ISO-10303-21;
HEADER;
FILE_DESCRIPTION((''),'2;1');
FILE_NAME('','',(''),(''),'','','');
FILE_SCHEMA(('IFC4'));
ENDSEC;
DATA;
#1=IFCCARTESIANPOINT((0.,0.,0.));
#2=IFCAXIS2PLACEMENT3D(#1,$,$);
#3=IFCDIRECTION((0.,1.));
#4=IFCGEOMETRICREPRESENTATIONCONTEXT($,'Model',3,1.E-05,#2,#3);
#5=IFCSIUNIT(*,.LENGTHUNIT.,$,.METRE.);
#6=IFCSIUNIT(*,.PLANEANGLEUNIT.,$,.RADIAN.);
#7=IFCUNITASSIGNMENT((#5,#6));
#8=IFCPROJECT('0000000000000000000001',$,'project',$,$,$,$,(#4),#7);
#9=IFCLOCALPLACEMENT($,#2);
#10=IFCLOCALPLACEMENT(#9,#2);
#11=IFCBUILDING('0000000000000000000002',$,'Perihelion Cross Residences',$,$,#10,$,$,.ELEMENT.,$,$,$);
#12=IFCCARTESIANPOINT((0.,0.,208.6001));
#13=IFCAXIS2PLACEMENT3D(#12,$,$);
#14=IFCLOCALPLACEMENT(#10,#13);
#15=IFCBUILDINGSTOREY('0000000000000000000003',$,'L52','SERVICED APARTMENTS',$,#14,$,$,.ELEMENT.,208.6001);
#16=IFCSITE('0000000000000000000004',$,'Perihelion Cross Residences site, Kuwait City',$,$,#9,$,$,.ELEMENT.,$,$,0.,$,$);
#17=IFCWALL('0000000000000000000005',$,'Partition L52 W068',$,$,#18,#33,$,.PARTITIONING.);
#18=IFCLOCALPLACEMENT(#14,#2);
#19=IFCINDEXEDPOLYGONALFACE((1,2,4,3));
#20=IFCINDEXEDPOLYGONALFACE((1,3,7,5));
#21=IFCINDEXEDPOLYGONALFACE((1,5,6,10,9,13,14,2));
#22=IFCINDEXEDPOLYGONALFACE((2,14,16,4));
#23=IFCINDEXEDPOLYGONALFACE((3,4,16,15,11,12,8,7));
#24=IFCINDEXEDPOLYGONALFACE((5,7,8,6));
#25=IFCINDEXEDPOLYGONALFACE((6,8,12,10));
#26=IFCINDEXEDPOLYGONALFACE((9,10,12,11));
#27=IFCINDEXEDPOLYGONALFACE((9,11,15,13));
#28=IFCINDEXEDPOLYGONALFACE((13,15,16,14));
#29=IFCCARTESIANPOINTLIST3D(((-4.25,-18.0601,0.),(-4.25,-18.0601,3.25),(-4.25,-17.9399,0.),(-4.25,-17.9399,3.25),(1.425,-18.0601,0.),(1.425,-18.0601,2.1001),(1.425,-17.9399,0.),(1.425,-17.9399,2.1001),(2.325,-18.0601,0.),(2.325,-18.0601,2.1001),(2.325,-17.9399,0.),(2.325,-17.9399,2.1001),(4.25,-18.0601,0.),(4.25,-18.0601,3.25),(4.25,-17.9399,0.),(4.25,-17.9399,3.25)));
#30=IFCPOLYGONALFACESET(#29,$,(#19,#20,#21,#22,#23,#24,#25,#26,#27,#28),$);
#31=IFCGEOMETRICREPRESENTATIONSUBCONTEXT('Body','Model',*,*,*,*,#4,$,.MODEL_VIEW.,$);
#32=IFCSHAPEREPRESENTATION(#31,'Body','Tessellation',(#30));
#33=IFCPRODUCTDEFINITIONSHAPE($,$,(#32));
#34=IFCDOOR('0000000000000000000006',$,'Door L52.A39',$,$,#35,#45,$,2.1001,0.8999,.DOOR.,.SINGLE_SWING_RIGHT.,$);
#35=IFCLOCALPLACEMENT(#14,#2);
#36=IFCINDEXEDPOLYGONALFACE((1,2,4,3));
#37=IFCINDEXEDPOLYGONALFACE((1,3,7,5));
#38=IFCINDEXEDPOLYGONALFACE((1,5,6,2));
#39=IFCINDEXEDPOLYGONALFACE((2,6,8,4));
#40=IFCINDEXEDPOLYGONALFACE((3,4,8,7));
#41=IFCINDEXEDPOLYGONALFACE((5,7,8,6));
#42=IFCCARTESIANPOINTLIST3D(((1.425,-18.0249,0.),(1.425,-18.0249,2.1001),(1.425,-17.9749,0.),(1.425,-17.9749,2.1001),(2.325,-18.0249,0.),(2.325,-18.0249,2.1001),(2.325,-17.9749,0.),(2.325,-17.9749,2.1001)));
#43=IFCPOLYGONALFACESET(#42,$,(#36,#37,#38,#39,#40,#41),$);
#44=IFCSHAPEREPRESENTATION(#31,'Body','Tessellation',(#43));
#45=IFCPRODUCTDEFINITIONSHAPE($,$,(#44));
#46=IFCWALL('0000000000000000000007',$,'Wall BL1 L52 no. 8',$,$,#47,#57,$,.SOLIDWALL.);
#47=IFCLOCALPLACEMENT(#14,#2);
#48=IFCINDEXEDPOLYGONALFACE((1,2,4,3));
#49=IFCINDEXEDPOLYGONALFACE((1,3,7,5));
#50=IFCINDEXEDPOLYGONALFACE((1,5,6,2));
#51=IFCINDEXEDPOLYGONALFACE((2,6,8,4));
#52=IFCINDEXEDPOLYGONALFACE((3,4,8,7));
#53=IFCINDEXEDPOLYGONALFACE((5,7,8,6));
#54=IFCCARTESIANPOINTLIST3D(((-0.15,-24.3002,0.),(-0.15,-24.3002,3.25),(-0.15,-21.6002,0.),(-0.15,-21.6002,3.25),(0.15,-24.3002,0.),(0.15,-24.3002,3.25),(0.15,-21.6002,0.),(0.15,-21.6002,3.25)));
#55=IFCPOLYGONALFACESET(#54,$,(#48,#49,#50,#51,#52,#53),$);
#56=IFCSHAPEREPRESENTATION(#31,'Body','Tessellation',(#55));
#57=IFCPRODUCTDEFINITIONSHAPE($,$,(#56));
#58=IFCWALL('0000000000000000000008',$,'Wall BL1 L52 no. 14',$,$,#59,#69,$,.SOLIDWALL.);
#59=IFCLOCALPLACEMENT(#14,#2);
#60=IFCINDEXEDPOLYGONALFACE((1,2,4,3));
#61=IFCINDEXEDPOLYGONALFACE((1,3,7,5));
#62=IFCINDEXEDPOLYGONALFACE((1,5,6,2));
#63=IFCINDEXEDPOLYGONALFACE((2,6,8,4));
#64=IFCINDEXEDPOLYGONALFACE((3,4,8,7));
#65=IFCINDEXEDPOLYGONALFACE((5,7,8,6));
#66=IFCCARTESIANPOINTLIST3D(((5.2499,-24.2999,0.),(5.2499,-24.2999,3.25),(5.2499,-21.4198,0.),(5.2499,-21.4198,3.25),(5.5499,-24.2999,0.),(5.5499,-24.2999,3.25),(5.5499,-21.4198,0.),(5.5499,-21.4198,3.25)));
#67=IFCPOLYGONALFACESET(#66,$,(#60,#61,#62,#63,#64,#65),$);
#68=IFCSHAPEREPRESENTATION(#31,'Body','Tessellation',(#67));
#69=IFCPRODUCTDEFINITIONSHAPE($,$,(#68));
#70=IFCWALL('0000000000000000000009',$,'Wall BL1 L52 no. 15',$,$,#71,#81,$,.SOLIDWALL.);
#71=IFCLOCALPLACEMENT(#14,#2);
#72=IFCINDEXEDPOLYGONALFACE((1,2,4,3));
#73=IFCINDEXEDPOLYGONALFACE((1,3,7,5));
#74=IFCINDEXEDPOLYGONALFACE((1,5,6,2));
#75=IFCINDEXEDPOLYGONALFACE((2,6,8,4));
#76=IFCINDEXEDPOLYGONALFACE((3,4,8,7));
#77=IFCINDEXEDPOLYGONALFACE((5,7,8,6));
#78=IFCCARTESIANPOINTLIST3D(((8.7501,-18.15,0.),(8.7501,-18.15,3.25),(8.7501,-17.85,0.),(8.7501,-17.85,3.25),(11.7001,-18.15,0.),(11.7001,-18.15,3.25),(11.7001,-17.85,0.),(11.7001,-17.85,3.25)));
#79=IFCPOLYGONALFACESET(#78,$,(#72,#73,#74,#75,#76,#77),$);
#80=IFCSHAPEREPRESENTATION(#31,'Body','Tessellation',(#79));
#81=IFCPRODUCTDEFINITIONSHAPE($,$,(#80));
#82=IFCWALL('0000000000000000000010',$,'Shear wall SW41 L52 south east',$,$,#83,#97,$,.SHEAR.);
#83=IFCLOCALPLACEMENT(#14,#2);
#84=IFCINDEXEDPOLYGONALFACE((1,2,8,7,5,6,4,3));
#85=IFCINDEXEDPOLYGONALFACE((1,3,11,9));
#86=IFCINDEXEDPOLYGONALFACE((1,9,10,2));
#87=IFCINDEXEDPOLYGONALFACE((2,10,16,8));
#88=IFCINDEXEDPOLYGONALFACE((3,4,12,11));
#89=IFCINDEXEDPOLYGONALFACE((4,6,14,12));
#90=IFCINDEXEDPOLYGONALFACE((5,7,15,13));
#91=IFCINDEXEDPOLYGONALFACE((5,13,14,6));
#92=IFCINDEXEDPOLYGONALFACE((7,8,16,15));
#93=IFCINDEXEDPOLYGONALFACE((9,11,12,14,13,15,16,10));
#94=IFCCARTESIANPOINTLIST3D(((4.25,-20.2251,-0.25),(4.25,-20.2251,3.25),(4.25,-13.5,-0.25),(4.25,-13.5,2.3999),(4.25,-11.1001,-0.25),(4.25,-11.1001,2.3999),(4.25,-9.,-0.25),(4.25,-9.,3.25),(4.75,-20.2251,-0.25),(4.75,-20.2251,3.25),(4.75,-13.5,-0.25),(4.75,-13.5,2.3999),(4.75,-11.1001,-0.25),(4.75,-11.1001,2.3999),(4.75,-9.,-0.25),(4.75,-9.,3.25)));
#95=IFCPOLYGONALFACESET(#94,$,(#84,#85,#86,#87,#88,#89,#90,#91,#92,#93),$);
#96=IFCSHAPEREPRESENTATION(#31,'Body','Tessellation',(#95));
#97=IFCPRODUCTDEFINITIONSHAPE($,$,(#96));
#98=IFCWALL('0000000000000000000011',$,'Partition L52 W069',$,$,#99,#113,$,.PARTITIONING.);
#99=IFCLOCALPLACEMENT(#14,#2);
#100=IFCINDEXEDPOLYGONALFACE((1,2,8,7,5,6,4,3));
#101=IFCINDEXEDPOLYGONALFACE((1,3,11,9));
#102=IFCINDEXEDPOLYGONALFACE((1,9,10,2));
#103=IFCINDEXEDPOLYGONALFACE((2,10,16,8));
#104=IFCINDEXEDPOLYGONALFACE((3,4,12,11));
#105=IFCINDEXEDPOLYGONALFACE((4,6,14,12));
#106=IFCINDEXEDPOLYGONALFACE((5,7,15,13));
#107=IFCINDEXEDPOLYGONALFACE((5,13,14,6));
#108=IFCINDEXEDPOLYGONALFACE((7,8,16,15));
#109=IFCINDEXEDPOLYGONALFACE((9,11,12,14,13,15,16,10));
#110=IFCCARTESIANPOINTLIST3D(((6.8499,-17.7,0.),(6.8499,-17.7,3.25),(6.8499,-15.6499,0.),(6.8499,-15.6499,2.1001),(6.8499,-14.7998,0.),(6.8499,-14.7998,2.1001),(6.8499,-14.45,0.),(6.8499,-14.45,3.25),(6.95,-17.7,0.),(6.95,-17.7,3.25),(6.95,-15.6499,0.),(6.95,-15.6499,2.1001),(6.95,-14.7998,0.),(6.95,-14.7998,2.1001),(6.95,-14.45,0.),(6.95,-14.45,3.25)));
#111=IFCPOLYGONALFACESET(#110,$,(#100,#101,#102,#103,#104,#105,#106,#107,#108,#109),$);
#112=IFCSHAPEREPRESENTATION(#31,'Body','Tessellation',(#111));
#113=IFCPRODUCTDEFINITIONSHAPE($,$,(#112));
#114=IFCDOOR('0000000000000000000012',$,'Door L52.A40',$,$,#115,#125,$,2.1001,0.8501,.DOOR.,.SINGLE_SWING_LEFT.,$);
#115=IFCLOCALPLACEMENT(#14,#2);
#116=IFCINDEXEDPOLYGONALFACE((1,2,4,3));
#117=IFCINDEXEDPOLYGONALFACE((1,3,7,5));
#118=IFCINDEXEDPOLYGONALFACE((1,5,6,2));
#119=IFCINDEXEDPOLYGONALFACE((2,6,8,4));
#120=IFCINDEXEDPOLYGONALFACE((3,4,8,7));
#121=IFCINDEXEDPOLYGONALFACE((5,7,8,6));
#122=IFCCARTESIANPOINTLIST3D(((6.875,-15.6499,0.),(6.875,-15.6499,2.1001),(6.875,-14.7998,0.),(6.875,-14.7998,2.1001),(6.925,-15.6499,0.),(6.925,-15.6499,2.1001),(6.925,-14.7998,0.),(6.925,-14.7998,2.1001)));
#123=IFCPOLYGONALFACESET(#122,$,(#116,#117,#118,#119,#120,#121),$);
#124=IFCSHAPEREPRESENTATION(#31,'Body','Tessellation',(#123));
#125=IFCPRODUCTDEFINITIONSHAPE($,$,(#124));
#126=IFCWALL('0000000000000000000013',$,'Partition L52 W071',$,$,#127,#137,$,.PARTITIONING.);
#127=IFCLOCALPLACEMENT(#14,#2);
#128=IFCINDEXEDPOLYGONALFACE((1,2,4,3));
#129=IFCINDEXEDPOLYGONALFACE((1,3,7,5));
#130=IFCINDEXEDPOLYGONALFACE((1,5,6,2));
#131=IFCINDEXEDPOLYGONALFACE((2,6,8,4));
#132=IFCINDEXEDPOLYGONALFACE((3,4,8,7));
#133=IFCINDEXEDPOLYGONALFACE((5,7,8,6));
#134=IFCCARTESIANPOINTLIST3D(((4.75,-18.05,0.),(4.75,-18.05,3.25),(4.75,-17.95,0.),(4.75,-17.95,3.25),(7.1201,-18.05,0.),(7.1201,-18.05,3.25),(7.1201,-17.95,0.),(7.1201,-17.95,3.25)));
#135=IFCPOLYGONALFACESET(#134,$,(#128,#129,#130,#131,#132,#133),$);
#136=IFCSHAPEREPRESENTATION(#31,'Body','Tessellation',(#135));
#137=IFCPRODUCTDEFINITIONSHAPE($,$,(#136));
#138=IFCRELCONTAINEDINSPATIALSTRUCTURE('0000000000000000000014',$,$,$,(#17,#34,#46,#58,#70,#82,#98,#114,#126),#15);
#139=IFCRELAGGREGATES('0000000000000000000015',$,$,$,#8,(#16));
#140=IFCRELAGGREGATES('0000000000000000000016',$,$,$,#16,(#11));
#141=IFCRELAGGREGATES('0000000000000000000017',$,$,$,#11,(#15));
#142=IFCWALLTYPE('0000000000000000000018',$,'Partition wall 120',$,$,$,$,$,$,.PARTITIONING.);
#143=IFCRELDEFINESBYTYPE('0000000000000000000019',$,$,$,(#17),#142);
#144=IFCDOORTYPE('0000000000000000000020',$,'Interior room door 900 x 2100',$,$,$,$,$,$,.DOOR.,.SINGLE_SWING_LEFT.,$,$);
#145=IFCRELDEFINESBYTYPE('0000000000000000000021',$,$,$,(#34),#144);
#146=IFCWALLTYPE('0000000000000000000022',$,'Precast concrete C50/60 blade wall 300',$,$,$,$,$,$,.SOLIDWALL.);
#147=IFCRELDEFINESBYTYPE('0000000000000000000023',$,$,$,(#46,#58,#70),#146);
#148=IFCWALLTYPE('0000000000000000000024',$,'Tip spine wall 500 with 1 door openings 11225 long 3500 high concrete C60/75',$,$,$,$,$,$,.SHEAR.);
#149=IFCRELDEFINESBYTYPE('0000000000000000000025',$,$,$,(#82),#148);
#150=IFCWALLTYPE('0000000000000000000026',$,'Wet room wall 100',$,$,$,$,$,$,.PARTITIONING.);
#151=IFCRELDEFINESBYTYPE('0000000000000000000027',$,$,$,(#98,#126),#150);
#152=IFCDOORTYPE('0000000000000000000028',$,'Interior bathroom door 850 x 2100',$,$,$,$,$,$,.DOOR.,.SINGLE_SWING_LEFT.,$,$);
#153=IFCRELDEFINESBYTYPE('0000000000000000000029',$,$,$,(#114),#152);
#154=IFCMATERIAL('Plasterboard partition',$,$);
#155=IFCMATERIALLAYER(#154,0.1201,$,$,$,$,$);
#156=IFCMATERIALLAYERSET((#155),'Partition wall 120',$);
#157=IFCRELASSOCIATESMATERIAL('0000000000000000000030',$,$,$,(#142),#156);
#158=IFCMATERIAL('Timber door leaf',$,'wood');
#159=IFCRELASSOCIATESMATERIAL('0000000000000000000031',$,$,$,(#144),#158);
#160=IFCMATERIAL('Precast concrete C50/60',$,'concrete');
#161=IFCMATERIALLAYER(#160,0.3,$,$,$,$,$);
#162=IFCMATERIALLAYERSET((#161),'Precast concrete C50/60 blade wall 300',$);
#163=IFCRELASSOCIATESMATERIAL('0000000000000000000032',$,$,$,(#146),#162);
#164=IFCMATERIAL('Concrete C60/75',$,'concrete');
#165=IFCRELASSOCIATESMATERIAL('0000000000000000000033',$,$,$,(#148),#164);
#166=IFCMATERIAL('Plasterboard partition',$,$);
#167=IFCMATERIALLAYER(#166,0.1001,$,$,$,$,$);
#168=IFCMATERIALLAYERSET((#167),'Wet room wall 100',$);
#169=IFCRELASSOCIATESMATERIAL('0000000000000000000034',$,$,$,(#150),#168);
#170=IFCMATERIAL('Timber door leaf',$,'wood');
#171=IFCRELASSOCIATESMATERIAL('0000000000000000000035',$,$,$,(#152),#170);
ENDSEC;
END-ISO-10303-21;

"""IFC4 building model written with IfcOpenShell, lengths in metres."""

from ifc_helpers import new_model, si_unit, direction, frame, frame_2d, origin, place, context, subcontext, project, spatial, polyline, rectangle, outline, extrude, material, layer, layer_set, material_profile, profile_set, type_object, element, fill, save


model = new_model("IFC4")

# Units and contexts
model_context = context("Model", 3, precision=1e-05, world=origin(), true_north=direction((0.0, 1.0)))
body_context = subcontext(model_context, "Body", "Model", "MODEL_VIEW")
ifc_project = project(units=[si_unit("LENGTHUNIT", "METRE"), si_unit("PLANEANGLEUNIT", "RADIAN")], contexts=[model_context])

# Site, building, storey
site_placement = place(None, origin())
site = spatial("IfcSite", under=ifc_project, at=site_placement, Name="Perihelion Cross Residences site, Kuwait City", CompositionType="ELEMENT", RefElevation=0.0)
building_placement = place(site_placement, origin())
building = spatial("IfcBuilding", under=site, at=building_placement, Name="Perihelion Cross Residences", CompositionType="ELEMENT")
storey_placement = place(building_placement, frame((0.0, 0.0, 208.6001)))
storey = spatial("IfcBuildingStorey", under=building, at=storey_placement, Name="L52", Description="SERVICED APARTMENTS", CompositionType="ELEMENT", Elevation=208.6001)

# Wall, opening, door
ifc_material_1 = material(Name="Plasterboard partition")
ifc_layer_1 = layer(ifc_material_1, 0.1201)
ifc_layer_set_1 = layer_set([ifc_layer_1], Name="Partition wall 120")
wall_type_1 = type_object("IfcWallType", Name="Partition wall 120", PredefinedType="PARTITIONING", material=ifc_layer_set_1)
wall_1_placement = place(storey_placement, frame((4.25, -18.0, 0.0), z_axis=(0.0, 0.0, 1.0), x_axis=(-1.0, 0.0, 0.0)))
wall_1 = element("IfcWall", 1, at=wall_1_placement, inside=storey, type_object=wall_type_1, Name="Partition L52 W068", PredefinedType="PARTITIONING", context=body_context, shape_type="SweptSolid", body=[
    extrude(rectangle(XDim=8.5, YDim=0.1201, at=frame_2d((4.25, 0.0))), origin(), (0.0, 0.0, 1.0), 3.25),
])
opening_1_placement = place(wall_1_placement, frame((1.925, 0.0, 0.0)))
opening_1 = element("IfcOpeningElement", 2, at=opening_1_placement, cuts=wall_1, PredefinedType="OPENING", context=body_context, shape_type="SweptSolid", body=[
    extrude(rectangle(XDim=0.8999, YDim=2.1001, at=frame_2d((0.45, 1.05))), frame((0.0, 0.0701, 0.0), z_axis=(0.0, -1.0, 0.0), x_axis=(1.0, 0.0, 0.0)), (0.0, 0.0, 1.0), 0.1401),
])
ifc_material_2 = material(Name="Timber door leaf", Category="wood")
door_type_1 = type_object("IfcDoorType", Name="Interior room door 900 x 2100", OperationType="SINGLE_SWING_LEFT", PredefinedType="DOOR", material=ifc_material_2)
door_1_placement = place(opening_1_placement, origin())
door_1 = element("IfcDoor", 3, at=door_1_placement, inside=storey, type_object=door_type_1, Name="Door L52.A39", OperationType="SINGLE_SWING_RIGHT", OverallHeight=2.1001, OverallWidth=0.8999, PredefinedType="DOOR", context=body_context, shape_type="SweptSolid", body=[
    extrude(rectangle(XDim=0.8999, YDim=2.1001, at=frame_2d((0.45, 1.05))), frame((0.0, 0.0249, 0.0), z_axis=(0.0, -1.0, 0.0), x_axis=(1.0, 0.0, 0.0)), (0.0, 0.0, 1.0), 0.05),
])
fill(opening_1, door_1)

# Walls
ifc_material_3 = material(Name="Precast concrete C50/60", Category="concrete")
ifc_layer_2 = layer(ifc_material_3, 0.3)
ifc_layer_set_2 = layer_set([ifc_layer_2], Name="Precast concrete C50/60 blade wall 300")
wall_type_2 = type_object("IfcWallType", Name="Precast concrete C50/60 blade wall 300", PredefinedType="SOLIDWALL", material=ifc_layer_set_2)
wall_2_placement = place(storey_placement, frame((0.0, -21.6001, 0.0), z_axis=(0.0, 0.0, 1.0), x_axis=(0.0, -1.0, 0.0)))
element("IfcWall", 4, at=wall_2_placement, inside=storey, type_object=wall_type_2, Name="Wall BL1 L52 no. 8", PredefinedType="SOLIDWALL", context=body_context, shape_type="SweptSolid", body=[
    extrude(rectangle(XDim=2.7, YDim=0.3, at=frame_2d((1.3501, 0.0))), origin(), (0.0, 0.0, 1.0), 3.25),
])
wall_3_placement = place(storey_placement, frame((5.3999, -21.4199, 0.0), z_axis=(0.0, 0.0, 1.0), x_axis=(0.0, -1.0, 0.0)))
element("IfcWall", 5, at=wall_3_placement, inside=storey, type_object=wall_type_2, Name="Wall BL1 L52 no. 14", PredefinedType="SOLIDWALL", context=body_context, shape_type="SweptSolid", body=[
    extrude(rectangle(XDim=2.8801, YDim=0.3, at=frame_2d((1.4399, 0.0))), origin(), (0.0, 0.0, 1.0), 3.25),
])
wall_4_placement = place(storey_placement, frame((8.75, -18.0, 0.0), z_axis=(0.0, 0.0, 1.0), x_axis=(1.0, 0.0, 0.0)))
element("IfcWall", 6, at=wall_4_placement, inside=storey, type_object=wall_type_2, Name="Wall BL1 L52 no. 15", PredefinedType="SOLIDWALL", context=body_context, shape_type="SweptSolid", body=[
    extrude(rectangle(XDim=2.95, YDim=0.3, at=frame_2d((1.4751, 0.0))), origin(), (0.0, 0.0, 1.0), 3.25),
])
ifc_material_4 = material(Name="Concrete C60/75", Category="concrete")
ifc_material_profile_1 = material_profile(ifc_material_4, outline(polyline([(0.0, 0.0), (6.7251, 0.0), (6.7251, 2.6499), (9.125, 2.6499), (9.125, 0.0), (11.2251, 0.0), (11.2251, 3.5), (0.0, 3.5), (0.0, 0.0)])), Name="Tip spine wall")
ifc_profile_set_1 = profile_set([ifc_material_profile_1], Name="Concrete C60/75")
wall_type_3 = type_object("IfcWallType", Name="Tip spine wall 500 with 1 door openings 11225 long 3500 high concrete C60/75", PredefinedType="SHEAR", material=ifc_profile_set_1)
wall_5_placement = place(storey_placement, frame((4.25, -20.2251, -0.25), z_axis=(1.0, 0.0, 0.0), x_axis=(0.0, 1.0, 0.0)))
element("IfcWall", 7, at=wall_5_placement, inside=storey, type_object=wall_type_3, Name="Shear wall SW41 L52 south east", PredefinedType="SHEAR", context=body_context, shape_type="SweptSolid", body=[
    extrude(outline(polyline([(0.0, 0.0), (6.7251, 0.0), (6.7251, 2.6499), (9.125, 2.6499), (9.125, 0.0), (11.2251, 0.0), (11.2251, 3.5), (0.0, 3.5), (0.0, 0.0)])), origin(), (0.0, 0.0, 1.0), 0.5),
])

# Wall, opening, door
ifc_material_5 = material(Name="Plasterboard partition")
ifc_layer_3 = layer(ifc_material_5, 0.1001)
ifc_layer_set_3 = layer_set([ifc_layer_3], Name="Wet room wall 100")
wall_type_4 = type_object("IfcWallType", Name="Wet room wall 100", PredefinedType="PARTITIONING", material=ifc_layer_set_3)
wall_6_placement = place(storey_placement, frame((6.8999, -17.7, 0.0), z_axis=(0.0, 0.0, 1.0), x_axis=(0.0, 1.0, 0.0)))
wall_6 = element("IfcWall", 8, at=wall_6_placement, inside=storey, type_object=wall_type_4, Name="Partition L52 W069", PredefinedType="PARTITIONING", context=body_context, shape_type="SweptSolid", body=[
    extrude(rectangle(XDim=3.25, YDim=0.1001, at=frame_2d((1.625, 0.0))), origin(), (0.0, 0.0, 1.0), 3.25),
])
opening_2_placement = place(wall_6_placement, frame((2.05, 0.0, 0.0)))
opening_2 = element("IfcOpeningElement", 9, at=opening_2_placement, cuts=wall_6, PredefinedType="OPENING", context=body_context, shape_type="SweptSolid", body=[
    extrude(rectangle(XDim=0.8501, YDim=2.1001, at=frame_2d((0.425, 1.05))), frame((0.0, 0.0601, 0.0), z_axis=(0.0, -1.0, 0.0), x_axis=(1.0, 0.0, 0.0)), (0.0, 0.0, 1.0), 0.1201),
])
ifc_material_6 = material(Name="Timber door leaf", Category="wood")
door_type_2 = type_object("IfcDoorType", Name="Interior bathroom door 850 x 2100", OperationType="SINGLE_SWING_LEFT", PredefinedType="DOOR", material=ifc_material_6)
door_2_placement = place(opening_2_placement, origin())
door_2 = element("IfcDoor", 10, at=door_2_placement, inside=storey, type_object=door_type_2, Name="Door L52.A40", OperationType="SINGLE_SWING_LEFT", OverallHeight=2.1001, OverallWidth=0.8501, PredefinedType="DOOR", context=body_context, shape_type="SweptSolid", body=[
    extrude(rectangle(XDim=0.8501, YDim=2.1001, at=frame_2d((0.425, 1.05))), frame((0.0, 0.0249, 0.0), z_axis=(0.0, -1.0, 0.0), x_axis=(1.0, 0.0, 0.0)), (0.0, 0.0, 1.0), 0.05),
])
fill(opening_2, door_2)

# Wall
wall_7_placement = place(storey_placement, frame((7.1201, -18.0, 0.0), z_axis=(0.0, 0.0, 1.0), x_axis=(-1.0, 0.0, 0.0)))
element("IfcWall", 11, at=wall_7_placement, inside=storey, type_object=wall_type_4, Name="Partition L52 W071", PredefinedType="PARTITIONING", context=body_context, shape_type="SweptSolid", body=[
    extrude(rectangle(XDim=2.3701, YDim=0.1001, at=frame_2d((1.1851, 0.0))), origin(), (0.0, 0.0, 1.0), 3.25),
])

save(model, "model.ifc")
